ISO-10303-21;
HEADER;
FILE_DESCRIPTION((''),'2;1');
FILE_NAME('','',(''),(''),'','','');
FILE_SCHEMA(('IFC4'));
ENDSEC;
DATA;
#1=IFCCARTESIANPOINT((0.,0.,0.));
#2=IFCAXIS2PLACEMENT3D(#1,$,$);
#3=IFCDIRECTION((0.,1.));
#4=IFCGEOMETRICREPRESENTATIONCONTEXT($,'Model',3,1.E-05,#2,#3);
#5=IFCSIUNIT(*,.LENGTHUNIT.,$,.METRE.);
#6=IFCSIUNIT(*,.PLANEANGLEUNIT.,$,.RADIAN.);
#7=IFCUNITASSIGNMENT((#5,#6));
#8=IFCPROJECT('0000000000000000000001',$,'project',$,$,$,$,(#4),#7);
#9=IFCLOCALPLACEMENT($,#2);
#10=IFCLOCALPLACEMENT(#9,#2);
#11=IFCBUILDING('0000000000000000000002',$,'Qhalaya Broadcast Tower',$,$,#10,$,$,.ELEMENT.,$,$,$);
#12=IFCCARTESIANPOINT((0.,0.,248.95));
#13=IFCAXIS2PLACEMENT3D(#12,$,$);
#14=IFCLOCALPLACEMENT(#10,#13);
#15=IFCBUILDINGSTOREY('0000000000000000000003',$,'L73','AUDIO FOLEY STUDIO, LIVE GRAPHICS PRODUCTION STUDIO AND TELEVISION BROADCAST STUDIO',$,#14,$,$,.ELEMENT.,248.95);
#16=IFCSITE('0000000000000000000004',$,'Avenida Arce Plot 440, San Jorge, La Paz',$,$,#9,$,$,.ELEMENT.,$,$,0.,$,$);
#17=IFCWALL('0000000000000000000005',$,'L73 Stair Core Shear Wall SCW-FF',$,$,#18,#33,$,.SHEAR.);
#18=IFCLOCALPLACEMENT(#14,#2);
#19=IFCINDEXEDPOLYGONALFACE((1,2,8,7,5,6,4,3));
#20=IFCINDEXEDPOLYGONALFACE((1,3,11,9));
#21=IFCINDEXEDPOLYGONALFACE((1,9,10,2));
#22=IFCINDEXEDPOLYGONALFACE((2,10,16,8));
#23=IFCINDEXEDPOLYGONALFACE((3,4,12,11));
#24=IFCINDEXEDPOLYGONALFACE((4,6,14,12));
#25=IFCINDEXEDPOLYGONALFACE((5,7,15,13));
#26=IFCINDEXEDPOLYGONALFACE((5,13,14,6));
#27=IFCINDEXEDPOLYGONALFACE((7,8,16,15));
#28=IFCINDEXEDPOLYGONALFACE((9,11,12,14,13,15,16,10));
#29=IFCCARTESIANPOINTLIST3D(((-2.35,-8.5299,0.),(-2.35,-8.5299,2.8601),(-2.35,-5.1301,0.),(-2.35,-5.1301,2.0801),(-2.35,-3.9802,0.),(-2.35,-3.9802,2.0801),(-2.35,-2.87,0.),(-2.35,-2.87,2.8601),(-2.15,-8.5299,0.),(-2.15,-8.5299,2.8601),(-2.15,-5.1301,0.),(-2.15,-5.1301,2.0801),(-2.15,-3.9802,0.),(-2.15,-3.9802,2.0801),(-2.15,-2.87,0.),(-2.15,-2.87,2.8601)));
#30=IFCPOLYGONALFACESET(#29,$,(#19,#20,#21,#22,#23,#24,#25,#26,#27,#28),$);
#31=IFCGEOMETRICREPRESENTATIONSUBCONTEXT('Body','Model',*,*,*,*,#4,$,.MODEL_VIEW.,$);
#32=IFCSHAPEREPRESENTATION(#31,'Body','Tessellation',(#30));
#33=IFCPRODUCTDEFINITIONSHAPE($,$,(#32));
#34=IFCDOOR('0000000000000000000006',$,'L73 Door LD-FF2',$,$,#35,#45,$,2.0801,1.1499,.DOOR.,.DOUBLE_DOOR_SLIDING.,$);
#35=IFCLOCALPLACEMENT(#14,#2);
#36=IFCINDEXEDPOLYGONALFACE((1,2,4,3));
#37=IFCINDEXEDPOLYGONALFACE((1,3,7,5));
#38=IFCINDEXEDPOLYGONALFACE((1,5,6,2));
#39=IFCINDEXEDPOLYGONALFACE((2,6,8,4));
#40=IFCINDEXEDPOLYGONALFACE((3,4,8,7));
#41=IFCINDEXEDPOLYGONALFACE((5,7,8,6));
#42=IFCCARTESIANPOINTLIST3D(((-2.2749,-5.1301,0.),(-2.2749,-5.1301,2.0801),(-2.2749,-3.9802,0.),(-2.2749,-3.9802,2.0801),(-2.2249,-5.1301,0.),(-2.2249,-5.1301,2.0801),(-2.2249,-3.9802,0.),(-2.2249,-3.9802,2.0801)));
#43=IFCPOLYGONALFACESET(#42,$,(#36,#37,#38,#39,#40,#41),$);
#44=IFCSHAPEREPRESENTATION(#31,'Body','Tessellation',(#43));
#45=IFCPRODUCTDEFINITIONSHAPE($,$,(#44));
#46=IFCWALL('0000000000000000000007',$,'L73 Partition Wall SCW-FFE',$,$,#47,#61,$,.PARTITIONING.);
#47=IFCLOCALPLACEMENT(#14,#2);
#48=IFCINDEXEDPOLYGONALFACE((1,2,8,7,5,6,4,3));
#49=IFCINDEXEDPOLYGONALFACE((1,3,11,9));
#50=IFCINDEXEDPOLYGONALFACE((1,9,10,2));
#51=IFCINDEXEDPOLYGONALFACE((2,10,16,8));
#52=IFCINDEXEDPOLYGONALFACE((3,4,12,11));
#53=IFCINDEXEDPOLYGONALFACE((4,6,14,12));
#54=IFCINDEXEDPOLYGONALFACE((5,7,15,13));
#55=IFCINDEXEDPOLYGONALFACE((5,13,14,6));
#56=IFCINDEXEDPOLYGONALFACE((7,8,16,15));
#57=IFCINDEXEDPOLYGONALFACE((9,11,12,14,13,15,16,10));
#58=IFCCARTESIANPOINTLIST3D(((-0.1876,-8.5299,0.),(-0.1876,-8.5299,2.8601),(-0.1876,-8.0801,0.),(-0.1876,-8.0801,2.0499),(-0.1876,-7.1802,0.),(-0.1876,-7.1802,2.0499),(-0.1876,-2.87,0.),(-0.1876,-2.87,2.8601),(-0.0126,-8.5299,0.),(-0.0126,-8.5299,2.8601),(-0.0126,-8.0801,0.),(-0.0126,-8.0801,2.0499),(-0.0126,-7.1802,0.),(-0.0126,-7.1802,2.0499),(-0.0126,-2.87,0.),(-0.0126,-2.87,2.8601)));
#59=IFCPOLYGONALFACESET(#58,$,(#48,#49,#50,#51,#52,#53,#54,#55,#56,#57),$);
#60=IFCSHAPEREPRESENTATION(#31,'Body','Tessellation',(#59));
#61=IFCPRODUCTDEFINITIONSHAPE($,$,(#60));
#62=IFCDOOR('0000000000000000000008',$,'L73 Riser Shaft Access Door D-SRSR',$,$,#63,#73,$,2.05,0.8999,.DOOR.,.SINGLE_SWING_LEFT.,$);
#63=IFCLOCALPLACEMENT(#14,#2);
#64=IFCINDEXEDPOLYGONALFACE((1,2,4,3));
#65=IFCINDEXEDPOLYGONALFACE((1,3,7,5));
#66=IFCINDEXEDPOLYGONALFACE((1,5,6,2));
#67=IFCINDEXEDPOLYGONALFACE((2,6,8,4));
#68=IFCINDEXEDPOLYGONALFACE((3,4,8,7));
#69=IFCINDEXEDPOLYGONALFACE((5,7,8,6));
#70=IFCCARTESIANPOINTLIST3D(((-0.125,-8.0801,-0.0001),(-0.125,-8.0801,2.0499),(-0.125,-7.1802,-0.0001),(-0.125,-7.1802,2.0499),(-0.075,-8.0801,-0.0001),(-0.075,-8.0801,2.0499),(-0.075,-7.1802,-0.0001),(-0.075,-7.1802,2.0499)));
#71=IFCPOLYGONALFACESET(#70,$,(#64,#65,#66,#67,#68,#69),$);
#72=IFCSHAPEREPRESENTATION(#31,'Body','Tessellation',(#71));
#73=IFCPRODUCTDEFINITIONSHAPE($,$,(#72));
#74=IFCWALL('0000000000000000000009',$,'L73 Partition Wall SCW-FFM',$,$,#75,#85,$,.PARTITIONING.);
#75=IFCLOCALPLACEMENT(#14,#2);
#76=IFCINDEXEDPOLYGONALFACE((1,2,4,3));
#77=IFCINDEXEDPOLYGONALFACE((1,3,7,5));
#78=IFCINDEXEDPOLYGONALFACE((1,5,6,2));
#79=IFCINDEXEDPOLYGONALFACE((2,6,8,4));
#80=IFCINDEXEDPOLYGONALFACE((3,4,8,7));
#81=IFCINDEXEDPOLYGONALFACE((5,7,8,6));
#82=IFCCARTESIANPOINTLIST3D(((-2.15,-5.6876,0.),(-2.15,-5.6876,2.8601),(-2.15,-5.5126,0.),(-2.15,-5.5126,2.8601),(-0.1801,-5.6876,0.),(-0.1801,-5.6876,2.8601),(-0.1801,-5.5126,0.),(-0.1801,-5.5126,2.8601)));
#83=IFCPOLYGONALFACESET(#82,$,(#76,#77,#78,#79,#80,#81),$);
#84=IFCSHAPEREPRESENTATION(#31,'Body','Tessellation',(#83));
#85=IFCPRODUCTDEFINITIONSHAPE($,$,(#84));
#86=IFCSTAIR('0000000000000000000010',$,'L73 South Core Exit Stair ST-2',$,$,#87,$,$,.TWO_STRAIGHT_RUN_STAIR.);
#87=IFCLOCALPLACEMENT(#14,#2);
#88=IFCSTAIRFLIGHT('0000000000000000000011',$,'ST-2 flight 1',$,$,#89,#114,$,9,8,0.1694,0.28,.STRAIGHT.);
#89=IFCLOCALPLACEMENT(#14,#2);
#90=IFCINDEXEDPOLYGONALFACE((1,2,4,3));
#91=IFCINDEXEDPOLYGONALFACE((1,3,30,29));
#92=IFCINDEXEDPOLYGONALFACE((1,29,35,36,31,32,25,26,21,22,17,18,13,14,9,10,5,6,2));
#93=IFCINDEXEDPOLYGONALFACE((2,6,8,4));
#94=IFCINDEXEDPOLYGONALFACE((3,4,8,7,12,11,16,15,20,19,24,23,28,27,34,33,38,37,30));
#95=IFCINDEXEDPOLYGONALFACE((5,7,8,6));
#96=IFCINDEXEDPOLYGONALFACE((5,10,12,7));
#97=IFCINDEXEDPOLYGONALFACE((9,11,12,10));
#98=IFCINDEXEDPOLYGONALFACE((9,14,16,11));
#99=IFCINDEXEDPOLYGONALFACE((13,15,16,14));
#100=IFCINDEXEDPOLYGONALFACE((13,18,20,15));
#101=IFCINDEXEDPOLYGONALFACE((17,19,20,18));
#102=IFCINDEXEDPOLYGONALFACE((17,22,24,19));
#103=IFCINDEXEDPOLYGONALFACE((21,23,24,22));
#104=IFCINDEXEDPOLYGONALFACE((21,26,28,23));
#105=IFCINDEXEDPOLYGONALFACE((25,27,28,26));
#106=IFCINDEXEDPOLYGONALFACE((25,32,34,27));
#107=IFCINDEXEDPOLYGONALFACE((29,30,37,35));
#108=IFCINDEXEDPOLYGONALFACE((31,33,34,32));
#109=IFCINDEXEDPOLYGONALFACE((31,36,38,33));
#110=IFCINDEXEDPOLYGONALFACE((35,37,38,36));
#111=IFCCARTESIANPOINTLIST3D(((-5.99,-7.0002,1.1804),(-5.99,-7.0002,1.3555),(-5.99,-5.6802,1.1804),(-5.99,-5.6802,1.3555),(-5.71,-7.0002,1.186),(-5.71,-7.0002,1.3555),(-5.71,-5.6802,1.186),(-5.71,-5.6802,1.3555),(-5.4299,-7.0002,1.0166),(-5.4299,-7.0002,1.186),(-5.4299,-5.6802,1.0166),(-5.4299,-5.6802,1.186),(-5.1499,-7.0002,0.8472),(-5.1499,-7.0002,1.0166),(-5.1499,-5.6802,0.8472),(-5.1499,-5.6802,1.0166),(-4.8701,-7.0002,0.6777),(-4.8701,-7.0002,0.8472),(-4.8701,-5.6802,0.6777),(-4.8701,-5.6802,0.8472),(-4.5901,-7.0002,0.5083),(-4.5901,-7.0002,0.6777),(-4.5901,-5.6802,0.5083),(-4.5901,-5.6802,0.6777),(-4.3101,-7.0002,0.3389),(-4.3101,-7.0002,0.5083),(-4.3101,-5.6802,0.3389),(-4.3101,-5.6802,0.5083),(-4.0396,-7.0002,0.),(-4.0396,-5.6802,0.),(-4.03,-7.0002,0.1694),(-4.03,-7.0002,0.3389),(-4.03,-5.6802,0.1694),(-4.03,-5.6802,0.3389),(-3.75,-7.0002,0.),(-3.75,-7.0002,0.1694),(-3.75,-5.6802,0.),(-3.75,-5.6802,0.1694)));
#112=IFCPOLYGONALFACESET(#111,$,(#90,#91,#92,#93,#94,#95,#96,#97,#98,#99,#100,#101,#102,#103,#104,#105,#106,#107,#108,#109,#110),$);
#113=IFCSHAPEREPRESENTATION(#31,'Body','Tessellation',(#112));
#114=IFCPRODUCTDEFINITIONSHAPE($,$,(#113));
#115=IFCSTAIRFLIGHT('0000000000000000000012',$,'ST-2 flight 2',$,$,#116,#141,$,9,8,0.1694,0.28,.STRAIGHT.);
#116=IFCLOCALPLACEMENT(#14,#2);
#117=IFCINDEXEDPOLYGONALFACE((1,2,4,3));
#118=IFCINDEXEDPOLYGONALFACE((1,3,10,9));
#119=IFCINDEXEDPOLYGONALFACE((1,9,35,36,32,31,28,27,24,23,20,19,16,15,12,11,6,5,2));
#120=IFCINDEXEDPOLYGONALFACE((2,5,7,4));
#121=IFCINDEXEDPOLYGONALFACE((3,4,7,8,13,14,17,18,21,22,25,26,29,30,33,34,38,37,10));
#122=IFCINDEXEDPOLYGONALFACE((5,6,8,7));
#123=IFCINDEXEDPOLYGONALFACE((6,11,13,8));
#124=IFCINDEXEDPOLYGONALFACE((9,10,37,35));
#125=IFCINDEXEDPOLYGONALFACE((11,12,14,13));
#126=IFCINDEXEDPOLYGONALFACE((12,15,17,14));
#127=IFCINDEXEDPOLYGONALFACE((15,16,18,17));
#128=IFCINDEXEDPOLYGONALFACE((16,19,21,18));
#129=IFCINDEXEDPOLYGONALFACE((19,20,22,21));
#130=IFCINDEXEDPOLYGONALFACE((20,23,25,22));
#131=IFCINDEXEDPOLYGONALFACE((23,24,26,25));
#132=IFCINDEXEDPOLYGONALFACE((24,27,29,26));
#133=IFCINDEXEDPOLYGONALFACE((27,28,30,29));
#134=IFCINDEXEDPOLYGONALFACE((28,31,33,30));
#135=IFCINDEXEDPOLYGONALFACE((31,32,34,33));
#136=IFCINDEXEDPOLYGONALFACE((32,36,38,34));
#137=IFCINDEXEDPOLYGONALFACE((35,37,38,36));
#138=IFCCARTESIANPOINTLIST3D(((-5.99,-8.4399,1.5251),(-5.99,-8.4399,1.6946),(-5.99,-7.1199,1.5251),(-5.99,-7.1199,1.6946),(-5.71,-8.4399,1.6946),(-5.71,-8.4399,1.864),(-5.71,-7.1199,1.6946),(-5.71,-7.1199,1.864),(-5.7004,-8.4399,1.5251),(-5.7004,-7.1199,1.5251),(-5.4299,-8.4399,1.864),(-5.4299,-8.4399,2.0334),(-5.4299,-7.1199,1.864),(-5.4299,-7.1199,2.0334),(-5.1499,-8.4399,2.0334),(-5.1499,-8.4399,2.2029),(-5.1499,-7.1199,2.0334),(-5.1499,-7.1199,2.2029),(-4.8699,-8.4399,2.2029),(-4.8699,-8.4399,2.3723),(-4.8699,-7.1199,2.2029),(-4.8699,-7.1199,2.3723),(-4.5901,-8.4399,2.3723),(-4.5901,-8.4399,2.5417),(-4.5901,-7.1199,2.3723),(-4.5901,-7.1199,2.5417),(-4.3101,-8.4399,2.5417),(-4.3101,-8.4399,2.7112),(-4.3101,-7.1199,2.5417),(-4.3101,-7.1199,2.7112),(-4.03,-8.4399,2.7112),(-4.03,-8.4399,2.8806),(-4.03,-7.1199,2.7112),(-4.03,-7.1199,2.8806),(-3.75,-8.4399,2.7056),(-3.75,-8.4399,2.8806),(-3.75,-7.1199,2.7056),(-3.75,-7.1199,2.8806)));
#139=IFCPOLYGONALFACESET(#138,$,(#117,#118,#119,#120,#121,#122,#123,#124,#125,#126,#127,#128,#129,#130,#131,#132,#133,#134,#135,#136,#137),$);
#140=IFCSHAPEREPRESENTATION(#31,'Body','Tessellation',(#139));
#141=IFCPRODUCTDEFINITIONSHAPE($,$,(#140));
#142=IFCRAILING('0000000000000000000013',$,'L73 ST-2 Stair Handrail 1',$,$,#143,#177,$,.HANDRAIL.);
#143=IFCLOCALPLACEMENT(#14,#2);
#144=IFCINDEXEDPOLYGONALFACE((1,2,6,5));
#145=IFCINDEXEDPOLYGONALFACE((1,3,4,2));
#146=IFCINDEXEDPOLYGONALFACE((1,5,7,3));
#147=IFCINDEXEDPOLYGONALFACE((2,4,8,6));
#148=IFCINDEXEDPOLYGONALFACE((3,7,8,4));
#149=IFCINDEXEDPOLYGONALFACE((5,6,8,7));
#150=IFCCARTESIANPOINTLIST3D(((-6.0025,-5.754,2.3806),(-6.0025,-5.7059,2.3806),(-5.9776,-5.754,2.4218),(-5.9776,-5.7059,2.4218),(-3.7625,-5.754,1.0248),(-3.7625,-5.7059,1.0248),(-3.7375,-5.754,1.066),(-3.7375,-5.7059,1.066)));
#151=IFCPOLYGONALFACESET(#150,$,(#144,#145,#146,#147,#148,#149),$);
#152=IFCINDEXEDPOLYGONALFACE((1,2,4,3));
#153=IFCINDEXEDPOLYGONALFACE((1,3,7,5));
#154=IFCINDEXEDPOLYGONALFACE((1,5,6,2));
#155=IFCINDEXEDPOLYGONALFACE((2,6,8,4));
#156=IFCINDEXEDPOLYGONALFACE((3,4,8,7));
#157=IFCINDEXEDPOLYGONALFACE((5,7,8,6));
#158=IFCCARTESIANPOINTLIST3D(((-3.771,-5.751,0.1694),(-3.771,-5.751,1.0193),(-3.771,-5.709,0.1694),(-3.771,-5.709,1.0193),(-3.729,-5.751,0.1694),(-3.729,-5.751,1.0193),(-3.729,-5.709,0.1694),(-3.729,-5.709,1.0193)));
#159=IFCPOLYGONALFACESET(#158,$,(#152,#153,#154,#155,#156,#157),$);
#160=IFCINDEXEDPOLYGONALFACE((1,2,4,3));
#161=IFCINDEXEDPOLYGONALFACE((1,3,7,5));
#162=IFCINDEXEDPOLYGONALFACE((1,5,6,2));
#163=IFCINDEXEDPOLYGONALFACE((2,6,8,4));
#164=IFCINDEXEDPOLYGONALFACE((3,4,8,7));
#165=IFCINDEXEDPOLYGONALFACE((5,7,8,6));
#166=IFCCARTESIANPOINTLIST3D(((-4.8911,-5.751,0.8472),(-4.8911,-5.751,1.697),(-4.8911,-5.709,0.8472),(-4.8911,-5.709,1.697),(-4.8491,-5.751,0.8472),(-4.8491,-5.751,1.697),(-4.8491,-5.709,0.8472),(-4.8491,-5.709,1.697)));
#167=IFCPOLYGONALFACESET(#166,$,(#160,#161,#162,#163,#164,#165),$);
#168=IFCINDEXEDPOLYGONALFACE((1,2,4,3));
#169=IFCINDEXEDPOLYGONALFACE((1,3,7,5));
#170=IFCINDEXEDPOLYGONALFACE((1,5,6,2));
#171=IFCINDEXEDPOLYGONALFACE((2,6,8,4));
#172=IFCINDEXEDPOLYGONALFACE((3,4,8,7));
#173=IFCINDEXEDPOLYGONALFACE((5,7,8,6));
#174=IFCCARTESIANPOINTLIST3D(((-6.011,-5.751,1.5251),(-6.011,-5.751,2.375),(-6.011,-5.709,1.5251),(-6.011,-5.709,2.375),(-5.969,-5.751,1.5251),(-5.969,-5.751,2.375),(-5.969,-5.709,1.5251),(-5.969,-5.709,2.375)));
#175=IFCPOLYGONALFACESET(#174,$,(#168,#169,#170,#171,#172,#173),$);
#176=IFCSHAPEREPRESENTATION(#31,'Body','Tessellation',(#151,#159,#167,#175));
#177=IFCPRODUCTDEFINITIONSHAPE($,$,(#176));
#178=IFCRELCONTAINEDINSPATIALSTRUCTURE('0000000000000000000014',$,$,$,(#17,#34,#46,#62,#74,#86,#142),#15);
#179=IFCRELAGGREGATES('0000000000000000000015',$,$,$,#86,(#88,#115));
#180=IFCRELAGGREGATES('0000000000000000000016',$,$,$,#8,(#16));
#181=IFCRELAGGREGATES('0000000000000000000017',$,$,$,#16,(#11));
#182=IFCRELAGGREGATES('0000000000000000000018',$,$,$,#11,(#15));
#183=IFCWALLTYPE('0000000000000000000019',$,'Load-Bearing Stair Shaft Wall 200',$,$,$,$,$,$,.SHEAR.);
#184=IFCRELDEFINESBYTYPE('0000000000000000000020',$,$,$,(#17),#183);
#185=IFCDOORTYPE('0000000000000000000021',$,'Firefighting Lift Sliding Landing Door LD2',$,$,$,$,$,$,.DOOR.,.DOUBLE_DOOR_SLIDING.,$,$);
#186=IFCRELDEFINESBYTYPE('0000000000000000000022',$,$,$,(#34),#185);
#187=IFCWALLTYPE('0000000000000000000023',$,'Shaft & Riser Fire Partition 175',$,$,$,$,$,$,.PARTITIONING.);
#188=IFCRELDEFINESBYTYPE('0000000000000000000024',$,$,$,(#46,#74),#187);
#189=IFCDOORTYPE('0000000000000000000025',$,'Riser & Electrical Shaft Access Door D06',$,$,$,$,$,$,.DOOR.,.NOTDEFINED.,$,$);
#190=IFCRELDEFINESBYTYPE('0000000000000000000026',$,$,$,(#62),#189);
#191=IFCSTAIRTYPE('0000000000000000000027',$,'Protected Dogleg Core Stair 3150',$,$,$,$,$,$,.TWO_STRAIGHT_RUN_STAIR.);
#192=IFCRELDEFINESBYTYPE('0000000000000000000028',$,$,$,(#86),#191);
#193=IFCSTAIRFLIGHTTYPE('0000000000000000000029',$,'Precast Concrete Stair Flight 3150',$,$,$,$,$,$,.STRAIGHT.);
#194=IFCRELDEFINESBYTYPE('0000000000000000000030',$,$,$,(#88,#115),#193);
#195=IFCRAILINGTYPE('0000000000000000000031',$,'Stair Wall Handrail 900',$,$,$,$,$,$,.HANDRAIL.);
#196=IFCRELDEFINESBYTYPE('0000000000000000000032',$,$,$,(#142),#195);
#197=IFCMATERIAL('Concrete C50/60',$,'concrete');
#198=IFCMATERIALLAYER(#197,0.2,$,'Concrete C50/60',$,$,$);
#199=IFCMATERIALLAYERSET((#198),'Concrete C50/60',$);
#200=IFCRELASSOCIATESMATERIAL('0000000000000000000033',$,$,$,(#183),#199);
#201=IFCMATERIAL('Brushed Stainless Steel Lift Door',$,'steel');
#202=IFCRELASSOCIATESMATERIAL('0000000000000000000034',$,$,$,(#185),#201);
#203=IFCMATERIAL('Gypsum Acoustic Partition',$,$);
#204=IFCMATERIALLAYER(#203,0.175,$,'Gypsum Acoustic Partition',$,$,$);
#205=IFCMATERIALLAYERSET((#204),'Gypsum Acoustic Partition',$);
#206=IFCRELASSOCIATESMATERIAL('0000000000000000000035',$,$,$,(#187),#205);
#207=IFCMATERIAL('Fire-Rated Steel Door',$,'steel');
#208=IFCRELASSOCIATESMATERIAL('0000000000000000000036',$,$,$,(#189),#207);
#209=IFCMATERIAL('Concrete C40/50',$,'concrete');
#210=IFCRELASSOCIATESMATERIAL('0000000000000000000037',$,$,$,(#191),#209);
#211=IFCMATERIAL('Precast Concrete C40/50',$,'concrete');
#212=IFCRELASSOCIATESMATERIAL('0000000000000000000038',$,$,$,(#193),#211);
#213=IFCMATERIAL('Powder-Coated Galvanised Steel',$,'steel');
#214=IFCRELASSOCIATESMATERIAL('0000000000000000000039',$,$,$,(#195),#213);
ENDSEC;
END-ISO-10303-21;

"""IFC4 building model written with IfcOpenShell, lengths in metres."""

from ifc_helpers import new_model, si_unit, direction, frame, frame_2d, origin, origin_2d, place, context, subcontext, project, spatial, polyline, rectangle, outline, extrude, material, layer, layer_set, type_object, element, fill, aggregate, save


model = new_model("IFC4")

# Units and contexts
model_context = context("Model", 3, precision=1e-05, world=origin(), true_north=direction((0.0, 1.0)))
body_context = subcontext(model_context, "Body", "Model", "MODEL_VIEW")
ifc_project = project(units=[si_unit("LENGTHUNIT", "METRE"), si_unit("PLANEANGLEUNIT", "RADIAN")], contexts=[model_context])

# Site, building, storey
site_placement = place(None, origin())
site = spatial("IfcSite", under=ifc_project, at=site_placement, Name="Avenida Arce Plot 440, San Jorge, La Paz", CompositionType="ELEMENT", RefElevation=0.0)
building_placement = place(site_placement, origin())
building = spatial("IfcBuilding", under=site, at=building_placement, Name="Qhalaya Broadcast Tower", CompositionType="ELEMENT")
storey_placement = place(building_placement, frame((0.0, 0.0, 248.95)))
storey = spatial("IfcBuildingStorey", under=building, at=storey_placement, Name="L73", Description="AUDIO FOLEY STUDIO, LIVE GRAPHICS PRODUCTION STUDIO AND TELEVISION BROADCAST STUDIO", CompositionType="ELEMENT", Elevation=248.95)

# Shared definitions
ifc_material_1 = material(Name="Concrete C50/60", Category="concrete")

# Walls, openings, doors
ifc_layer_1 = layer(ifc_material_1, 0.2, Name="Concrete C50/60")
ifc_layer_set_1 = layer_set([ifc_layer_1], Name="Concrete C50/60")
wall_type_1 = type_object("IfcWallType", Name="Load-Bearing Stair Shaft Wall 200", PredefinedType="SHEAR", material=ifc_layer_set_1)
ifc_material_2 = material(Name="Fire-Rated Steel Door", Category="steel")
wall_1_placement = place(storey_placement, frame((-2.25, -8.53, 0.0), z_axis=(0.0, 0.0, 1.0), x_axis=(0.0, 1.0, 0.0)))
wall_1 = element("IfcWall", 1, at=wall_1_placement, inside=storey, type_object=wall_type_1, Name="L73 Stair Core Shear Wall SCW-FF", PredefinedType="SHEAR", context=body_context, shape_type="SweptSolid", body=[
    extrude(rectangle(XDim=5.6599, YDim=0.2, at=frame_2d((2.8301, 0.0))), origin(), (0.0, 0.0, 1.0), 2.8601),
])
opening_1_placement = place(wall_1_placement, frame((3.3999, 0.0, 0.0)))
opening_1 = element("IfcOpeningElement", 2, at=opening_1_placement, cuts=wall_1, PredefinedType="OPENING", context=body_context, shape_type="SweptSolid", body=[
    extrude(rectangle(XDim=1.1499, YDim=2.0801, at=frame_2d((0.575, 1.04))), frame((0.0, 0.1121, 0.0), z_axis=(0.0, -1.0, 0.0), x_axis=(1.0, 0.0, 0.0)), (0.0, 0.0, 1.0), 0.2239),
])
ifc_material_3 = material(Name="Brushed Stainless Steel Lift Door", Category="steel")
door_type_1 = type_object("IfcDoorType", Name="Firefighting Lift Sliding Landing Door LD2", OperationType="DOUBLE_DOOR_SLIDING", PredefinedType="DOOR", material=ifc_material_3)
door_1_placement = place(opening_1_placement, origin())
door_1 = element("IfcDoor", 3, at=door_1_placement, inside=storey, type_object=door_type_1, Name="L73 Door LD-FF2", OperationType="DOUBLE_DOOR_SLIDING", OverallHeight=2.0801, OverallWidth=1.1499, PredefinedType="DOOR", context=body_context, shape_type="SweptSolid", body=[
    extrude(rectangle(XDim=1.1499, YDim=2.0801, at=frame_2d((0.575, 1.04))), frame((0.0, 0.0249, 0.0), z_axis=(0.0, -1.0, 0.0), x_axis=(1.0, 0.0, 0.0)), (0.0, 0.0, 1.0), 0.05),
])
fill(opening_1, door_1)
ifc_material_4 = material(Name="Gypsum Acoustic Partition")
ifc_layer_2 = layer(ifc_material_4, 0.175, Name="Gypsum Acoustic Partition")
ifc_layer_set_2 = layer_set([ifc_layer_2], Name="Gypsum Acoustic Partition")
wall_type_2 = type_object("IfcWallType", Name="Shaft & Riser Fire Partition 175", PredefinedType="PARTITIONING", material=ifc_layer_set_2)
wall_2_placement = place(storey_placement, frame((-0.1001, -8.53, 0.0), z_axis=(0.0, 0.0, 1.0), x_axis=(0.0, 1.0, 0.0)))
wall_2 = element("IfcWall", 4, at=wall_2_placement, inside=storey, type_object=wall_type_2, Name="L73 Partition Wall SCW-FFE", PredefinedType="PARTITIONING", context=body_context, shape_type="SweptSolid", body=[
    extrude(rectangle(XDim=5.6599, YDim=0.175, at=frame_2d((2.8301, 0.0))), origin(), (0.0, 0.0, 1.0), 2.8601),
])
opening_2_placement = place(wall_2_placement, frame((0.45, 0.0, 0.0)))
opening_2 = element("IfcOpeningElement", 5, at=opening_2_placement, cuts=wall_2, PredefinedType="OPENING", context=body_context, shape_type="SweptSolid", body=[
    extrude(rectangle(XDim=0.8999, YDim=2.05, at=frame_2d((0.45, 1.0249))), frame((0.0, 0.0996, 0.0), z_axis=(0.0, -1.0, 0.0), x_axis=(1.0, 0.0, 0.0)), (0.0, 0.0, 1.0), 0.199),
])
door_type_2 = type_object("IfcDoorType", Name="Riser & Electrical Shaft Access Door D06", OperationType="NOTDEFINED", PredefinedType="DOOR", material=ifc_material_2)
door_2_placement = place(opening_2_placement, origin())
door_2 = element("IfcDoor", 6, at=door_2_placement, inside=storey, type_object=door_type_2, Name="L73 Riser Shaft Access Door D-SRSR", OperationType="SINGLE_SWING_LEFT", OverallHeight=2.05, OverallWidth=0.8999, PredefinedType="DOOR", context=body_context, shape_type="SweptSolid", body=[
    extrude(rectangle(XDim=0.8999, YDim=2.05, at=frame_2d((0.45, 1.0249))), frame((0.0, 0.0249, 0.0), z_axis=(0.0, -1.0, 0.0), x_axis=(1.0, 0.0, 0.0)), (0.0, 0.0, 1.0), 0.05),
])
fill(opening_2, door_2)

# Wall
wall_3_placement = place(storey_placement, frame((-2.1499, -5.6001, 0.0), z_axis=(0.0, 0.0, 1.0), x_axis=(1.0, 0.0, 0.0)))
element("IfcWall", 7, at=wall_3_placement, inside=storey, type_object=wall_type_2, Name="L73 Partition Wall SCW-FFM", PredefinedType="PARTITIONING", context=body_context, shape_type="SweptSolid", body=[
    extrude(rectangle(XDim=1.97, YDim=0.175, at=frame_2d((0.9849, 0.0))), origin(), (0.0, 0.0, 1.0), 2.8601),
])

# Stair, stair flights
ifc_material_5 = material(Name="Concrete C40/50", Category="concrete")
stair_type = type_object("IfcStairType", Name="Protected Dogleg Core Stair 3150", PredefinedType="TWO_STRAIGHT_RUN_STAIR", material=ifc_material_5)
stair_placement = place(storey_placement, origin())
stair = element("IfcStair", 8, at=stair_placement, inside=storey, type_object=stair_type, Name="L73 South Core Exit Stair ST-2", PredefinedType="TWO_STRAIGHT_RUN_STAIR")
ifc_material_6 = material(Name="Precast Concrete C40/50", Category="concrete")
stair_flight_type = type_object("IfcStairFlightType", Name="Precast Concrete Stair Flight 3150", PredefinedType="STRAIGHT", material=ifc_material_6)
stair_flight_1_placement = place(storey_placement, frame((-3.75, -6.3401, 0.0), z_axis=(0.0, 0.0, 1.0), x_axis=(-1.0, 0.0, 0.0)))
stair_flight_1 = element("IfcStairFlight", 9, at=stair_flight_1_placement, type_object=stair_flight_type, Name="ST-2 flight 1", NumberOfRisers=9, NumberOfTreads=8, PredefinedType="STRAIGHT", RiserHeight=0.1694, TreadLength=0.28, context=body_context, shape_type="SweptSolid", body=[
    extrude(outline(polyline([(0.0, 0.0), (0.0, 0.1694), (0.28, 0.1694), (0.28, 0.3389), (0.5601, 0.3389), (0.5601, 0.5083), (0.8401, 0.5083), (0.8401, 0.6777), (1.1201, 0.6777), (1.1201, 0.8472), (1.3999, 0.8472), (1.3999, 1.0166), (1.6799, 1.0166), (1.6799, 1.186), (1.96, 1.186), (1.96, 1.3555), (2.24, 1.3555), (2.24, 1.5249), (2.24, 1.1804), (0.2896, 0.0), (0.0, 0.0)])), frame((0.0, 0.6602, 0.0), z_axis=(0.0, -1.0, 0.0), x_axis=(1.0, 0.0, 0.0)), (0.0, 0.0, 1.0), 1.3201),
])
stair_flight_2_placement = place(storey_placement, frame((-5.99, -7.78, 1.5251), z_axis=(0.0, 0.0, 1.0), x_axis=(1.0, 0.0, 0.0)))
stair_flight_2 = element("IfcStairFlight", 10, at=stair_flight_2_placement, type_object=stair_flight_type, Name="ST-2 flight 2", NumberOfRisers=9, NumberOfTreads=8, PredefinedType="STRAIGHT", RiserHeight=0.1694, TreadLength=0.28, context=body_context, shape_type="SweptSolid", body=[
    extrude(outline(polyline([(0.0, 0.0), (0.0, 0.1694), (0.28, 0.1694), (0.28, 0.3389), (0.5601, 0.3389), (0.5601, 0.5083), (0.8401, 0.5083), (0.8401, 0.6777), (1.1201, 0.6777), (1.1201, 0.8472), (1.3999, 0.8472), (1.3999, 1.0166), (1.6799, 1.0166), (1.6799, 1.186), (1.96, 1.186), (1.96, 1.3555), (2.24, 1.3555), (2.24, 1.5249), (2.24, 1.1804), (0.2896, 0.0), (0.0, 0.0)])), frame((0.0, 0.6602, 0.0), z_axis=(0.0, -1.0, 0.0), x_axis=(1.0, 0.0, 0.0)), (0.0, 0.0, 1.0), 1.3201),
])
aggregate(stair, [stair_flight_1, stair_flight_2])

# Railing
ifc_material_7 = material(Name="Powder-Coated Galvanised Steel", Category="steel")
railing_type_1 = type_object("IfcRailingType", Name="Stair Wall Handrail 900", PredefinedType="HANDRAIL", material=ifc_material_7)
railing_1_placement = place(storey_placement, frame((-3.75, -5.73, 0.1694)))
element("IfcRailing", 11, at=railing_1_placement, inside=storey, type_object=railing_type_1, Name="L73 ST-2 Stair Handrail 1", PredefinedType="HANDRAIL", context=body_context, shape_type="SweptSolid", body=[
    extrude(rectangle(XDim=0.0481, YDim=0.0481, at=origin_2d()), frame((0.0, 0.0, 0.876), z_axis=(-0.855512, 0.0, 0.517783), x_axis=(0.0, -1.0, 0.0)), (0.0, 0.0, 1.0), 2.6184),
    extrude(rectangle(XDim=0.042, YDim=0.042, at=origin_2d()), origin(), (0.0, 0.0, 1.0), 0.8499),
    extrude(rectangle(XDim=0.042, YDim=0.042, at=origin_2d()), frame((-1.1201, 0.0, 0.6777)), (0.0, 0.0, 1.0), 0.8499),
    extrude(rectangle(XDim=0.042, YDim=0.042, at=origin_2d()), frame((-2.24, 0.0, 1.3557)), (0.0, 0.0, 1.0), 0.8499),
])

save(model, "model.ifc")
